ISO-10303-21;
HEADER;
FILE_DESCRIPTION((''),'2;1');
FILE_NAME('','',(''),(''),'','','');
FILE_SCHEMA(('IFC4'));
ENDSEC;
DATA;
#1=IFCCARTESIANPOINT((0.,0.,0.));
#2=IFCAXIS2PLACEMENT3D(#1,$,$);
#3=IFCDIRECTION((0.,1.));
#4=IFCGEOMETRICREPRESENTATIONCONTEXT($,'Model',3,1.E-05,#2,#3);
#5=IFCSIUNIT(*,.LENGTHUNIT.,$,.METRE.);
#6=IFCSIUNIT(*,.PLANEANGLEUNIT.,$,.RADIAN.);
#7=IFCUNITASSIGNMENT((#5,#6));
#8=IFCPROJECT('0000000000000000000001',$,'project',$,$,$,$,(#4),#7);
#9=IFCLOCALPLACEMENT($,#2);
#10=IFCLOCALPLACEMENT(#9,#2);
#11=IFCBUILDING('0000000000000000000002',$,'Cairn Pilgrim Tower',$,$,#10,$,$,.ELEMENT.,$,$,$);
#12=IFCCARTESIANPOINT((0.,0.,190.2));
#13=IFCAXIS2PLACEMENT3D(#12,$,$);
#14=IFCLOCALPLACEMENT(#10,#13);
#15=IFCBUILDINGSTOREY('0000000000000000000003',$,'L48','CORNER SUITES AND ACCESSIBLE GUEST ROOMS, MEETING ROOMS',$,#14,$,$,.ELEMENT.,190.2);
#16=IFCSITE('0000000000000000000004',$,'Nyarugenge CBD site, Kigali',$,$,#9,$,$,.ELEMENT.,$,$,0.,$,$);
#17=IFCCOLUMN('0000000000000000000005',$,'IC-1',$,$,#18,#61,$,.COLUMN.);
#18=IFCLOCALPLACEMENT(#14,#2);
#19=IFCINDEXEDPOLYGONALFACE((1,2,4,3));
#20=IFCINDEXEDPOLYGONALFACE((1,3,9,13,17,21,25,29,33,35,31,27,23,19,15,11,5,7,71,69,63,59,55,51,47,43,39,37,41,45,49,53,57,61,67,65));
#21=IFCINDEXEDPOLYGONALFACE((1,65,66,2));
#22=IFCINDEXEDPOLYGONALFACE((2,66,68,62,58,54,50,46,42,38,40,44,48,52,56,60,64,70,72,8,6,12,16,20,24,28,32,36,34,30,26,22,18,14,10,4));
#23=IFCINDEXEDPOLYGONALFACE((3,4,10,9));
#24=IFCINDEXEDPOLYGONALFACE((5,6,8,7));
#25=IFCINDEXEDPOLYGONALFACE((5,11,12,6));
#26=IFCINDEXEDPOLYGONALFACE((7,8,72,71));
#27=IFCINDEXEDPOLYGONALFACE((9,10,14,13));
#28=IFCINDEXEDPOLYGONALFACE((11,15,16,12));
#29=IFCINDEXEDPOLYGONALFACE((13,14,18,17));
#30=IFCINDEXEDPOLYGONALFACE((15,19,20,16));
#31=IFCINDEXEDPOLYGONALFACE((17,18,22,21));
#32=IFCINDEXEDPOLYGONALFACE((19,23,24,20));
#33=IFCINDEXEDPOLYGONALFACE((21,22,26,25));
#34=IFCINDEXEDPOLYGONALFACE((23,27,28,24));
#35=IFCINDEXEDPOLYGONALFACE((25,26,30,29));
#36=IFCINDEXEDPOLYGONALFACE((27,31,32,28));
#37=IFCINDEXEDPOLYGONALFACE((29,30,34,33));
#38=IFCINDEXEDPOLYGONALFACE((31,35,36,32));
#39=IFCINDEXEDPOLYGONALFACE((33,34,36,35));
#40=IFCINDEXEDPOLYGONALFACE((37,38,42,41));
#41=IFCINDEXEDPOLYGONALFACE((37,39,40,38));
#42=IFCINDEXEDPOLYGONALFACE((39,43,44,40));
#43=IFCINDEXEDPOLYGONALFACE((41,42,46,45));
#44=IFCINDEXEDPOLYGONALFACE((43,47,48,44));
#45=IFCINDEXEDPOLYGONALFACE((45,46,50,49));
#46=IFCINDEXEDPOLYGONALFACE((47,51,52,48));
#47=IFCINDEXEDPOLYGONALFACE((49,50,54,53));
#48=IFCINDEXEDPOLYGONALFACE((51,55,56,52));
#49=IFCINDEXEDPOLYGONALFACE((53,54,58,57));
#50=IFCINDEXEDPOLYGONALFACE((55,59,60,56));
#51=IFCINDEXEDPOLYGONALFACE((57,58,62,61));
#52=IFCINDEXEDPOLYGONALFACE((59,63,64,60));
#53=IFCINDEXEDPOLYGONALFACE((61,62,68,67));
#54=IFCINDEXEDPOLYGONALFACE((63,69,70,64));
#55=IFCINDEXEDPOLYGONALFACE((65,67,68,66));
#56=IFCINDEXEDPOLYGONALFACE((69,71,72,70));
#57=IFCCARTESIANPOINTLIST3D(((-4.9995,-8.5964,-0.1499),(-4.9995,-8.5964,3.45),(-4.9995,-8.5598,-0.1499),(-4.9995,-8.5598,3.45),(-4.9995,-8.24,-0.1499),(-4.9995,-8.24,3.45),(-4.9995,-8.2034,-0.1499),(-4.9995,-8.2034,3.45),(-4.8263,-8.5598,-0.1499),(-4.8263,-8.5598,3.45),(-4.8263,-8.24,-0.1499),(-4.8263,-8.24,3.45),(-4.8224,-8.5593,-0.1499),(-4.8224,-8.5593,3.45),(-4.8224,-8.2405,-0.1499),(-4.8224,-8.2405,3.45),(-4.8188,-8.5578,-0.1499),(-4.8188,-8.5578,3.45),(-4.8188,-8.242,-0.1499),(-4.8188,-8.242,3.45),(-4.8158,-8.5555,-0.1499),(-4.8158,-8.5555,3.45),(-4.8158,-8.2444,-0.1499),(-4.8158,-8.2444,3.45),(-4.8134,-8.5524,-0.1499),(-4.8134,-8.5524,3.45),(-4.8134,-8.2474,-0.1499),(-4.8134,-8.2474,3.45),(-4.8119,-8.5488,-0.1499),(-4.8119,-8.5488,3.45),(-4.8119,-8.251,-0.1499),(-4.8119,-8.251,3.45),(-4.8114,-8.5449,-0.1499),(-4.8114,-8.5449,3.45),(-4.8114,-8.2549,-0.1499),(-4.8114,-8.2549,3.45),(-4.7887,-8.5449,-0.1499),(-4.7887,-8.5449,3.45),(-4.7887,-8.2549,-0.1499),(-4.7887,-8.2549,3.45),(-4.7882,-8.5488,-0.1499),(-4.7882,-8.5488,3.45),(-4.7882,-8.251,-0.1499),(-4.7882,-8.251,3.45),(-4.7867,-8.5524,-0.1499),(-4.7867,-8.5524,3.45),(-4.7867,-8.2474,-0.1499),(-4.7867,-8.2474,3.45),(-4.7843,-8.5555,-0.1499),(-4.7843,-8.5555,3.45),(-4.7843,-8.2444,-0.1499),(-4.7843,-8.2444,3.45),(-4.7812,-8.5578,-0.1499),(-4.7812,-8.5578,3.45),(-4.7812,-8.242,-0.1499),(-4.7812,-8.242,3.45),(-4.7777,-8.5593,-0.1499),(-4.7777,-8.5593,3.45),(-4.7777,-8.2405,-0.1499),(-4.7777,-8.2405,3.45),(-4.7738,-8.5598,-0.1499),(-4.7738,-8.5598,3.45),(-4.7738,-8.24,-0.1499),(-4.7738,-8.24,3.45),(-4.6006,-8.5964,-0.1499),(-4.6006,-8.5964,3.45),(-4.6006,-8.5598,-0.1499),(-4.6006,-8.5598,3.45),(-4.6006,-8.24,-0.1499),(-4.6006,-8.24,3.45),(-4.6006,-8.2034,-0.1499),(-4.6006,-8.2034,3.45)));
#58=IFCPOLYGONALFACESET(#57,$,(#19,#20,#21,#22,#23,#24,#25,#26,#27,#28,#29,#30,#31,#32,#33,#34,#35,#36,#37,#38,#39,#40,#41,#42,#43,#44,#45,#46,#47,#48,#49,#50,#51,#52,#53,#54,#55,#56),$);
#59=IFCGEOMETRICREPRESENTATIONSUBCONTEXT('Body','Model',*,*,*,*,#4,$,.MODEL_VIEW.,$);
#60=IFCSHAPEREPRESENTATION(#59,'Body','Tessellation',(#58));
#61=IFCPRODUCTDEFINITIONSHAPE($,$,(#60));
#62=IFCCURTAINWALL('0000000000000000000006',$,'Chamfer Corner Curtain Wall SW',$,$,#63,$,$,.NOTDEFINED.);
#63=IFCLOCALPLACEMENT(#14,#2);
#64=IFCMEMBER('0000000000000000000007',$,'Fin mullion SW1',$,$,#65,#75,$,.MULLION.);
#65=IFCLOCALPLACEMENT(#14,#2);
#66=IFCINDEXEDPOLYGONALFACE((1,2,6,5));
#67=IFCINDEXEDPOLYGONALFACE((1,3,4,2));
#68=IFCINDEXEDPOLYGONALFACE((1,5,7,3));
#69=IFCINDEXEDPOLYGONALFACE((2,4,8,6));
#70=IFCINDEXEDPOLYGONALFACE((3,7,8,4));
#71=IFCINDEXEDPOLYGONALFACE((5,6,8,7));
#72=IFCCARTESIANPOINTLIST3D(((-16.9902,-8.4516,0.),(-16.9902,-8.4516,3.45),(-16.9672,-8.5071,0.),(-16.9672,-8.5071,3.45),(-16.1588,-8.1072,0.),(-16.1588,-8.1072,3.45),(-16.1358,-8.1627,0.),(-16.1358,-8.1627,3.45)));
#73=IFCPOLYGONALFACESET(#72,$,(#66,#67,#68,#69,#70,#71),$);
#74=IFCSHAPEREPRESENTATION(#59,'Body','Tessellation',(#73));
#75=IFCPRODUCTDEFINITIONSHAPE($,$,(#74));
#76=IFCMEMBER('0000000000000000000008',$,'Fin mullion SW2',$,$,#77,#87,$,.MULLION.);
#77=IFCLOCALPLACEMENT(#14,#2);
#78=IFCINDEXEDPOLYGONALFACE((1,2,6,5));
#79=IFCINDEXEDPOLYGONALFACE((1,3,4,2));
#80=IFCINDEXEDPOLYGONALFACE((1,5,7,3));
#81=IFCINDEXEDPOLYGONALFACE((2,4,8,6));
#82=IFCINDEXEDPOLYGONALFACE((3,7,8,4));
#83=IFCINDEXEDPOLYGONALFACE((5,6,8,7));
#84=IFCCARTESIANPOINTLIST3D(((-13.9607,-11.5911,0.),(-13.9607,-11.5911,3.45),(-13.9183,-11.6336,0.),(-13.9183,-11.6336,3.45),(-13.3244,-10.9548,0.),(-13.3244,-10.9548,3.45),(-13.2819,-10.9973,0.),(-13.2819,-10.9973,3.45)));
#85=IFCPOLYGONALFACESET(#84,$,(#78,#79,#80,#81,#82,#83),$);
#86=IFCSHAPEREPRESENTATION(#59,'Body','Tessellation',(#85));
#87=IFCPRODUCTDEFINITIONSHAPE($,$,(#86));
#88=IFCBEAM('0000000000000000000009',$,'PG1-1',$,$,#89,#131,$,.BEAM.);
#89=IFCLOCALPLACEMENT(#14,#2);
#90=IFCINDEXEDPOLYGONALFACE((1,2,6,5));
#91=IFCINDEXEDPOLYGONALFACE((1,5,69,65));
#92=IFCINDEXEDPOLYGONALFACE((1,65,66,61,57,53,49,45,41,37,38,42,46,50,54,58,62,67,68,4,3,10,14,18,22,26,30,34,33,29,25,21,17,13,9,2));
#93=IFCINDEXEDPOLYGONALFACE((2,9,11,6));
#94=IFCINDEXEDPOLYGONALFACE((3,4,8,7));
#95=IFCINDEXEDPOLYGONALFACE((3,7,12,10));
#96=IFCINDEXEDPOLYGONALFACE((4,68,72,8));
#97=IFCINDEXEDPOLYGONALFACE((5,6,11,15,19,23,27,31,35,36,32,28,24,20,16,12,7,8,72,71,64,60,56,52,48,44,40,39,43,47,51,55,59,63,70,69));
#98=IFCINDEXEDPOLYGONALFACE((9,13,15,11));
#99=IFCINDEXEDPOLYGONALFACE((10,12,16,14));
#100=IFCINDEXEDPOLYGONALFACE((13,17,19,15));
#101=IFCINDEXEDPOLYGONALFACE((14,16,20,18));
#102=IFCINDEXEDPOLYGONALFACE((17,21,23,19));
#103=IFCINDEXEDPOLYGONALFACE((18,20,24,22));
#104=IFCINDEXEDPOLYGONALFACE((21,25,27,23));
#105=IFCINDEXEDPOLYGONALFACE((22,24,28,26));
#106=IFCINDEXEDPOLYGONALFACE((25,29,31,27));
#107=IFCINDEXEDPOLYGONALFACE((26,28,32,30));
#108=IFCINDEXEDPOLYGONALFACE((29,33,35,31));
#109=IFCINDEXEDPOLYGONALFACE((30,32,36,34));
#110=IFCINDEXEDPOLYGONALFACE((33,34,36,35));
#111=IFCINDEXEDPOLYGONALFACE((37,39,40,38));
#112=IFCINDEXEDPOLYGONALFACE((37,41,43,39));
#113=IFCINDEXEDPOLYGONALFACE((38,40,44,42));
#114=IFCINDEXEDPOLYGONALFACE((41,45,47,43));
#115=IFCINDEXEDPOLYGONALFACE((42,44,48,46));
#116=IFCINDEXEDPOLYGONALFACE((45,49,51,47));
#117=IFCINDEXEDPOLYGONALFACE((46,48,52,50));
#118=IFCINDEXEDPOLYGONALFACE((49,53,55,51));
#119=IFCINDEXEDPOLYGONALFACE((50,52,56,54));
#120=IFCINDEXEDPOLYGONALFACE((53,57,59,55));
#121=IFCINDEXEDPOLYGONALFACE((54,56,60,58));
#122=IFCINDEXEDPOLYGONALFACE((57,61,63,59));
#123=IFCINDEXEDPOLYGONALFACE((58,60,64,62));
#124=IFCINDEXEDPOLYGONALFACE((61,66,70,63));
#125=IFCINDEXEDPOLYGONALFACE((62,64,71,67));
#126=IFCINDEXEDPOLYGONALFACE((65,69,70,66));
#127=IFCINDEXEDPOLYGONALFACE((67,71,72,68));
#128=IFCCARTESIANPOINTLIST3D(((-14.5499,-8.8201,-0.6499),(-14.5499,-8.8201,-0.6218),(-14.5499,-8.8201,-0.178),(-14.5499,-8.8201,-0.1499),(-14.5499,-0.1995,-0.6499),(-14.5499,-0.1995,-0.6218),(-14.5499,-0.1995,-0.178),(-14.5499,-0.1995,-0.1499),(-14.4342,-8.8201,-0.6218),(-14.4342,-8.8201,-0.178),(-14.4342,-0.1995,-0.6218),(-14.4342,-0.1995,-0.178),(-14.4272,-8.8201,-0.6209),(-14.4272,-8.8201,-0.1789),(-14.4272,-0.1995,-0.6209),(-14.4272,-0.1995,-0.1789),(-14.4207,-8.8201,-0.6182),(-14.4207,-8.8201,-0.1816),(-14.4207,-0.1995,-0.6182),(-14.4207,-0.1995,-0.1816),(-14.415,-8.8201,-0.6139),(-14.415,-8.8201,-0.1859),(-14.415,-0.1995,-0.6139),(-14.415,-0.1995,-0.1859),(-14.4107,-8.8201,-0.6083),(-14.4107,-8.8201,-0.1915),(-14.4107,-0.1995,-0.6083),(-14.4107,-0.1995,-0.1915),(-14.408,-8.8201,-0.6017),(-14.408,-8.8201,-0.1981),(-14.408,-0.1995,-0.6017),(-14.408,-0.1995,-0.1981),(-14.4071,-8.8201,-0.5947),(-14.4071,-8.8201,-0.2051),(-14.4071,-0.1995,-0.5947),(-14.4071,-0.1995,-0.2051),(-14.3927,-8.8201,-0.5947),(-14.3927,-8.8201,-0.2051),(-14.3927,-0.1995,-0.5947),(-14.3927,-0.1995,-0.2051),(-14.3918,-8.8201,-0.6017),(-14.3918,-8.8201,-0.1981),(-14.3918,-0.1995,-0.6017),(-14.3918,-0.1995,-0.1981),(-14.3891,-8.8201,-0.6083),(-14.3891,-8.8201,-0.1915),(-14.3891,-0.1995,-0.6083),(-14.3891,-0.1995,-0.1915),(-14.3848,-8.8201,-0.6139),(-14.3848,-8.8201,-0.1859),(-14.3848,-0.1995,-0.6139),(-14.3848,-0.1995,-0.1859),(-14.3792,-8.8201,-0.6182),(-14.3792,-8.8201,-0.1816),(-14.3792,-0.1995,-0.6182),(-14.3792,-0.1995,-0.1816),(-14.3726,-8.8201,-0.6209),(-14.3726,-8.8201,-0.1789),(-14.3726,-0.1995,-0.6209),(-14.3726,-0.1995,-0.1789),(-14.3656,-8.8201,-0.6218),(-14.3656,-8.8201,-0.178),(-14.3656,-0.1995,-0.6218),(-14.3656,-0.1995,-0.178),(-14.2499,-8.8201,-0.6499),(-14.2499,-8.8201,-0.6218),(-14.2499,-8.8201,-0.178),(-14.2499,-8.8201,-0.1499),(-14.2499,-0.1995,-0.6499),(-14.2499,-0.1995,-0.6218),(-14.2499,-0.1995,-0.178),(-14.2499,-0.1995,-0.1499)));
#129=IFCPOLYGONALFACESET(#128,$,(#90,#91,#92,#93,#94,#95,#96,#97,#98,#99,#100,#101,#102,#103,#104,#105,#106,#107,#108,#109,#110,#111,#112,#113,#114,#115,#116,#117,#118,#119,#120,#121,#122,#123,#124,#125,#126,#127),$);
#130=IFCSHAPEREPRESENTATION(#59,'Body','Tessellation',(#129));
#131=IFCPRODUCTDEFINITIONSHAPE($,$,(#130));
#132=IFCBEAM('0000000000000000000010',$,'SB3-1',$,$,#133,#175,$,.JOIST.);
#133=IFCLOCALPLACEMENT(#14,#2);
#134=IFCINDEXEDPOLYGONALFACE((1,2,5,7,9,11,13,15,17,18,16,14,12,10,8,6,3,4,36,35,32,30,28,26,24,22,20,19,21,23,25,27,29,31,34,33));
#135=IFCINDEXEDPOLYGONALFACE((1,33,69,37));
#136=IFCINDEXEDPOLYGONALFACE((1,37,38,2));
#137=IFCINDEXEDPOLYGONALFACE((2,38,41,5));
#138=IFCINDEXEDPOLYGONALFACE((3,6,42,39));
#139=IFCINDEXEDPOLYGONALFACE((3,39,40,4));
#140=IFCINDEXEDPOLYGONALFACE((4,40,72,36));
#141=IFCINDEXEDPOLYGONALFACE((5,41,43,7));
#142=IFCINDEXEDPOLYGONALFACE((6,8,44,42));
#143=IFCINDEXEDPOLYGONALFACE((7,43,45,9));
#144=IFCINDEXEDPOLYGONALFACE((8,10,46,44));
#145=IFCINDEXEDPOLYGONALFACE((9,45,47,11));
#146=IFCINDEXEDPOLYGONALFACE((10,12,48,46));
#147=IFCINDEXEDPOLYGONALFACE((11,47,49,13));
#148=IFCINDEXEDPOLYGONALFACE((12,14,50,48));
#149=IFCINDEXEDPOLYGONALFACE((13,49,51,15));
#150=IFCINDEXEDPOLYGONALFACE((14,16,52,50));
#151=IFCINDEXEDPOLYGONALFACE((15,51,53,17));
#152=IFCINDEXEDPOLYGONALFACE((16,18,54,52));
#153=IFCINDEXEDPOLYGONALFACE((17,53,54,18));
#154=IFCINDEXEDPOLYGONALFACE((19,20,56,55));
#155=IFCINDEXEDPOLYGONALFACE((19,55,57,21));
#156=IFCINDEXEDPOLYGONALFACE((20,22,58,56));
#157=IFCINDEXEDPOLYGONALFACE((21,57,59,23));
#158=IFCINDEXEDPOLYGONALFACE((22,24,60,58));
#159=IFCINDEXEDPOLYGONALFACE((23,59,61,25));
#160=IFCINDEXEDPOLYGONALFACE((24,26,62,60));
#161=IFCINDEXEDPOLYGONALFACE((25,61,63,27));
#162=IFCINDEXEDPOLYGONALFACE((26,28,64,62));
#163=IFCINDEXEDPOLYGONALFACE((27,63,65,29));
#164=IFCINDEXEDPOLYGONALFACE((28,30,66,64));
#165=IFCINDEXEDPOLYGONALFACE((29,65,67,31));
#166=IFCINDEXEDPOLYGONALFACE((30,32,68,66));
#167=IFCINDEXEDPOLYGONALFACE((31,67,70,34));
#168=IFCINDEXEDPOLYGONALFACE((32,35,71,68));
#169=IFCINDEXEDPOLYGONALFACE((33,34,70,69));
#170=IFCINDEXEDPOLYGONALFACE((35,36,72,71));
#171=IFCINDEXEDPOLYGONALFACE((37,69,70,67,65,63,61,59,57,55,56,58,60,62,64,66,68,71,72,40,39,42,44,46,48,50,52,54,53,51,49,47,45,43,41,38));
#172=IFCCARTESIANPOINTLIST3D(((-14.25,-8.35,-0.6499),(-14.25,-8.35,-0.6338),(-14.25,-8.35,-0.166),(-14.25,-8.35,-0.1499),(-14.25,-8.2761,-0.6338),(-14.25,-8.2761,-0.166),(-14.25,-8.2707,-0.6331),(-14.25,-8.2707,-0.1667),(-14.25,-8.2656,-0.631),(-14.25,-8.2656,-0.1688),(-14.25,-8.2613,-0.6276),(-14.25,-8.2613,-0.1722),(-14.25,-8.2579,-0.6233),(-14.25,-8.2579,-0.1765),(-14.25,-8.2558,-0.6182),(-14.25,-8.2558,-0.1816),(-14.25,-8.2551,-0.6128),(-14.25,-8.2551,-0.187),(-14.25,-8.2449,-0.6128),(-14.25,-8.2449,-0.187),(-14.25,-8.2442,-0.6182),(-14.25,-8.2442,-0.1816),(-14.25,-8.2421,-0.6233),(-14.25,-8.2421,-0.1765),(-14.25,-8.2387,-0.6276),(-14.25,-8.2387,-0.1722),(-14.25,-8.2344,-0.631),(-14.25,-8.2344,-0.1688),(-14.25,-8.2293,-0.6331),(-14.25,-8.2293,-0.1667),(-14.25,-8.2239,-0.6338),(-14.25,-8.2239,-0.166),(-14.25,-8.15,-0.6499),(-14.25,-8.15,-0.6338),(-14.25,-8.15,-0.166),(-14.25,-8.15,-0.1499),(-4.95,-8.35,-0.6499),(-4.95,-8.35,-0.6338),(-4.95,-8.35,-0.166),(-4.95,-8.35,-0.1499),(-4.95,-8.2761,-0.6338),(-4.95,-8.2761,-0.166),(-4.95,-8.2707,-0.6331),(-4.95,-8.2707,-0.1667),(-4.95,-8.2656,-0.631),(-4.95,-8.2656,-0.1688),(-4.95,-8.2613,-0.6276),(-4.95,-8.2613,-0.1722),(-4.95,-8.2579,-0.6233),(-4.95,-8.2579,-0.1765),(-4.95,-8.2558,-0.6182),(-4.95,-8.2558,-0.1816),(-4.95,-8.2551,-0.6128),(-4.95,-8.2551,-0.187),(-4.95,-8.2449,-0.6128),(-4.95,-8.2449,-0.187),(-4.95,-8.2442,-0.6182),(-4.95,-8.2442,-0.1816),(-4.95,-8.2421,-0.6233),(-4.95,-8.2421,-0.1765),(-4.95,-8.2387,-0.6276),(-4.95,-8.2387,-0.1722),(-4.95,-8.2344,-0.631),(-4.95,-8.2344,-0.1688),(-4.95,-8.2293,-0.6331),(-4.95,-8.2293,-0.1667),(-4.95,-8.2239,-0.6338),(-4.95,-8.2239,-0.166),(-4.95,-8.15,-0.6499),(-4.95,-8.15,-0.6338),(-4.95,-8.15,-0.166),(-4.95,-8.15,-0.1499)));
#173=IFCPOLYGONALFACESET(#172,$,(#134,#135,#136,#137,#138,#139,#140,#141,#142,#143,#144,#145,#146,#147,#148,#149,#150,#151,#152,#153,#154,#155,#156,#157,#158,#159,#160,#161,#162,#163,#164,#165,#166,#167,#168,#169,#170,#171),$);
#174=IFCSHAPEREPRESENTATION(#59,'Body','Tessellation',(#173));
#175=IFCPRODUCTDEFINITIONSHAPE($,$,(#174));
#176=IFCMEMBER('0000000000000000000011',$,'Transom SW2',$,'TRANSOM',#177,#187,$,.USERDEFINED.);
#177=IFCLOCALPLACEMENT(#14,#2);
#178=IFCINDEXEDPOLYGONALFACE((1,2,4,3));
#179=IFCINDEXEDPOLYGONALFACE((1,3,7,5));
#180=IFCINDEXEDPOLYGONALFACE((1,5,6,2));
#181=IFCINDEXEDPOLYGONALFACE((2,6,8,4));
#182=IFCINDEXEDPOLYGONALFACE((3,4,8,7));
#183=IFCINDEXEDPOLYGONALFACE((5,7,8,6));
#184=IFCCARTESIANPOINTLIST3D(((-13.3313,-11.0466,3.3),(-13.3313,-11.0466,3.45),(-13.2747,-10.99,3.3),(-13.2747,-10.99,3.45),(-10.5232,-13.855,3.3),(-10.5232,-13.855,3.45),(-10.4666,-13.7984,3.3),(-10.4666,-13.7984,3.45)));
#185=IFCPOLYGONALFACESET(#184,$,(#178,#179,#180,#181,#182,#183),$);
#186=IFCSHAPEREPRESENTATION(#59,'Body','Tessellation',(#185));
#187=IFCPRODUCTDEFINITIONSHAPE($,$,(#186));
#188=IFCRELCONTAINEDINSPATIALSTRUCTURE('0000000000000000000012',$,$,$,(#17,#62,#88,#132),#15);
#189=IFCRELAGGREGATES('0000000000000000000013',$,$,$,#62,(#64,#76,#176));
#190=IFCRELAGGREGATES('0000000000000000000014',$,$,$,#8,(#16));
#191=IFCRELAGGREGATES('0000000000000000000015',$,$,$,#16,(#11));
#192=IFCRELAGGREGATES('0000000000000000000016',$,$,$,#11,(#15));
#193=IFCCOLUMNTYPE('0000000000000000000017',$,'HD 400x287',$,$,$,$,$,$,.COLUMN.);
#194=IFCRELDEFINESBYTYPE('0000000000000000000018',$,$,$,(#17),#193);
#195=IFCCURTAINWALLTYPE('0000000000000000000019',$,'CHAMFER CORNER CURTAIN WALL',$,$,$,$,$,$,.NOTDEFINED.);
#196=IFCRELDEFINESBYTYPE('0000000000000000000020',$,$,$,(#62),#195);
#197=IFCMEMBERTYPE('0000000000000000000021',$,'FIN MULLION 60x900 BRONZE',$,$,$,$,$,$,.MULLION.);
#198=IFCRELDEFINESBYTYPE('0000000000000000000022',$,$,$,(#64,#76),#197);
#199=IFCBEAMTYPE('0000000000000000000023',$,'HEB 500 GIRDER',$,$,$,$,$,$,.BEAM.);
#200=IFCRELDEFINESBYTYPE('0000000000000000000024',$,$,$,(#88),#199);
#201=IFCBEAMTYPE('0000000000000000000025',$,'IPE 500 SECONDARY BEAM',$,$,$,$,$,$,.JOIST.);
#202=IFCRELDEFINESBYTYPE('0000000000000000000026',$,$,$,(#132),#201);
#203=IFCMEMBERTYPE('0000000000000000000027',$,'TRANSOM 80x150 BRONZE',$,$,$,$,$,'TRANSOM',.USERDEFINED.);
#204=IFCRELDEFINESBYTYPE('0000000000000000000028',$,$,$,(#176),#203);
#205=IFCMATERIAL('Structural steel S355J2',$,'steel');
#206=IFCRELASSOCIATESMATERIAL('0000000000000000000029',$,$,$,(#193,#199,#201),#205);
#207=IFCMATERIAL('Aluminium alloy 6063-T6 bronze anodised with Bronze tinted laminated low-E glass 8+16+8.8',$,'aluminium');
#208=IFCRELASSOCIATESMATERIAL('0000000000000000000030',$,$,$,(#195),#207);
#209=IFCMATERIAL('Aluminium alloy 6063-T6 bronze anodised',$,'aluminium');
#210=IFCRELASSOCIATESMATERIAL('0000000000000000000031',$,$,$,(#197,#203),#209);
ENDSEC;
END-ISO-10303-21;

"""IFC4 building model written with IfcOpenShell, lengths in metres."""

from ifc_helpers import new_model, si_unit, direction, frame, origin, origin_2d, place, context, subcontext, project, spatial, rectangle, i_section, extrude, material, material_profile, profile_set, type_object, element, aggregate, save


model = new_model("IFC4")

# Units and contexts
model_context = context("Model", 3, precision=1e-05, world=origin(), true_north=direction((0.0, 1.0)))
body_context = subcontext(model_context, "Body", "Model", "MODEL_VIEW")
ifc_project = project(units=[si_unit("LENGTHUNIT", "METRE"), si_unit("PLANEANGLEUNIT", "RADIAN")], contexts=[model_context])

# Site, building, storey
site_placement = place(None, origin())
site = spatial("IfcSite", under=ifc_project, at=site_placement, Name="Nyarugenge CBD site, Kigali", CompositionType="ELEMENT", RefElevation=0.0)
building_placement = place(site_placement, origin())
building = spatial("IfcBuilding", under=site, at=building_placement, Name="Cairn Pilgrim Tower", CompositionType="ELEMENT")
storey_placement = place(building_placement, frame((0.0, 0.0, 190.2)))
storey = spatial("IfcBuildingStorey", under=building, at=storey_placement, Name="L48", Description="CORNER SUITES AND ACCESSIBLE GUEST ROOMS, MEETING ROOMS", CompositionType="ELEMENT", Elevation=190.2)

# Column
ifc_material_1 = material(Name="Structural steel S355J2", Category="steel")
ifc_material_profile_1 = material_profile(ifc_material_1, i_section(OverallWidth=0.3989, OverallDepth=0.3931, WebThickness=0.0227, FlangeThickness=0.0366, FilletRadius=0.0149, at=origin_2d()), Name="HD 400x287")
ifc_profile_set_1 = profile_set([ifc_material_profile_1], Name="Structural steel S355J2")
column_type = type_object("IfcColumnType", Name="HD 400x287", PredefinedType="COLUMN", material=ifc_profile_set_1)
column_placement = place(storey_placement, frame((-4.8, -8.3999, -0.1499), z_axis=(0.0, 0.0, 1.0), x_axis=(1.0, 0.0, 0.0)))
element("IfcColumn", 1, at=column_placement, inside=storey, type_object=column_type, Name="IC-1", PredefinedType="COLUMN", context=body_context, shape_type="SweptSolid", body=[
    extrude(i_section(OverallWidth=0.3989, OverallDepth=0.3931, WebThickness=0.0227, FlangeThickness=0.0366, FilletRadius=0.0149, at=origin_2d()), origin(), (0.0, 0.0, 1.0), 3.5999),
])

# Curtain wall, members
ifc_material_2 = material(Name="Aluminium alloy 6063-T6 bronze anodised with Bronze tinted laminated low-E glass 8+16+8.8", Category="aluminium")
curtain_wall_type = type_object("IfcCurtainWallType", Name="CHAMFER CORNER CURTAIN WALL", PredefinedType="NOTDEFINED", material=ifc_material_2)
curtain_wall_placement = place(storey_placement, origin())
curtain_wall = element("IfcCurtainWall", 2, at=curtain_wall_placement, inside=storey, type_object=curtain_wall_type, Name="Chamfer Corner Curtain Wall SW", PredefinedType="NOTDEFINED")
ifc_material_3 = material(Name="Aluminium alloy 6063-T6 bronze anodised", Category="aluminium")
ifc_material_profile_2 = material_profile(ifc_material_3, rectangle(XDim=0.8999, YDim=0.0601, at=origin_2d()), Name="FIN MULLION 60x900 BRONZE")
ifc_profile_set_2 = profile_set([ifc_material_profile_2], Name="Aluminium alloy 6063-T6 bronze anodised")
member_type_1 = type_object("IfcMemberType", Name="FIN MULLION 60x900 BRONZE", PredefinedType="MULLION", material=ifc_profile_set_2)
member_1_placement = place(storey_placement, frame((-16.563, -8.3071, 0.0), z_axis=(0.0, 0.0, 1.0), x_axis=(-0.92388, -0.382683, 0.0)))
member_1 = element("IfcMember", 3, at=member_1_placement, type_object=member_type_1, Name="Fin mullion SW1", PredefinedType="MULLION", context=body_context, shape_type="SweptSolid", body=[
    extrude(rectangle(XDim=0.8999, YDim=0.0601, at=origin_2d()), origin(), (0.0, 0.0, 1.0), 3.45),
])
member_2_placement = place(storey_placement, frame((-13.6213, -11.2942, 0.0), z_axis=(0.0, 0.0, 1.0), x_axis=(-0.707107, -0.707107, 0.0)))
member_2 = element("IfcMember", 4, at=member_2_placement, type_object=member_type_1, Name="Fin mullion SW2", PredefinedType="MULLION", context=body_context, shape_type="SweptSolid", body=[
    extrude(rectangle(XDim=0.8999, YDim=0.0601, at=origin_2d()), origin(), (0.0, 0.0, 1.0), 3.45),
])

# Beams
ifc_material_profile_3 = material_profile(ifc_material_1, i_section(OverallWidth=0.3, OverallDepth=0.5, WebThickness=0.0144, FlangeThickness=0.0281, FilletRadius=0.0271, at=origin_2d()), Name="HEB 500")
ifc_profile_set_3 = profile_set([ifc_material_profile_3], Name="Structural steel S355J2")
beam_type_1 = type_object("IfcBeamType", Name="HEB 500 GIRDER", PredefinedType="BEAM", material=ifc_profile_set_3)
beam_1_placement = place(storey_placement, frame((-14.3999, -8.8201, -0.3999), z_axis=(0.0, 1.0, 0.0), x_axis=(-1.0, 0.0, 0.0)))
element("IfcBeam", 5, at=beam_1_placement, inside=storey, type_object=beam_type_1, Name="PG1-1", PredefinedType="BEAM", context=body_context, shape_type="SweptSolid", body=[
    extrude(i_section(OverallWidth=0.3, OverallDepth=0.5, WebThickness=0.0144, FlangeThickness=0.0281, FilletRadius=0.0271, at=origin_2d()), origin(), (0.0, 0.0, 1.0), 8.6206),
])
ifc_material_profile_4 = material_profile(ifc_material_1, i_section(OverallWidth=0.2, OverallDepth=0.5, WebThickness=0.0103, FlangeThickness=0.0161, FilletRadius=0.021, at=origin_2d()), Name="IPE 500")
ifc_profile_set_4 = profile_set([ifc_material_profile_4], Name="Structural steel S355J2")
beam_type_2 = type_object("IfcBeamType", Name="IPE 500 SECONDARY BEAM", PredefinedType="JOIST", material=ifc_profile_set_4)
beam_2_placement = place(storey_placement, frame((-14.25, -8.25, -0.3999), z_axis=(1.0, 0.0, 0.0), x_axis=(0.0, 1.0, 0.0)))
element("IfcBeam", 6, at=beam_2_placement, inside=storey, type_object=beam_type_2, Name="SB3-1", PredefinedType="JOIST", context=body_context, shape_type="SweptSolid", body=[
    extrude(i_section(OverallWidth=0.2, OverallDepth=0.5, WebThickness=0.0103, FlangeThickness=0.0161, FilletRadius=0.021, at=origin_2d()), origin(), (0.0, 0.0, 1.0), 9.3),
])

# Member
ifc_material_profile_5 = material_profile(ifc_material_3, rectangle(XDim=0.0801, YDim=0.1499, at=origin_2d()), Name="TRANSOM 80x150 BRONZE")
ifc_profile_set_5 = profile_set([ifc_material_profile_5], Name="Aluminium alloy 6063-T6 bronze anodised")
member_type_2 = type_object("IfcMemberType", Name="TRANSOM 80x150 BRONZE", ElementType="TRANSOM", PredefinedType="USERDEFINED", material=ifc_profile_set_5)
member_3_placement = place(storey_placement, frame((-13.303, -11.0183, 3.375), z_axis=(0.707076, -0.707138, 0.0), x_axis=(0.707138, 0.707076, 0.0)))
member_3 = element("IfcMember", 7, at=member_3_placement, type_object=member_type_2, Name="Transom SW2", ObjectType="TRANSOM", PredefinedType="USERDEFINED", context=body_context, shape_type="SweptSolid", body=[
    extrude(rectangle(XDim=0.0801, YDim=0.1499, at=origin_2d()), origin(), (0.0, 0.0, 1.0), 3.9714),
])

aggregate(curtain_wall, [member_1, member_2, member_3])

save(model, "model.ifc")
